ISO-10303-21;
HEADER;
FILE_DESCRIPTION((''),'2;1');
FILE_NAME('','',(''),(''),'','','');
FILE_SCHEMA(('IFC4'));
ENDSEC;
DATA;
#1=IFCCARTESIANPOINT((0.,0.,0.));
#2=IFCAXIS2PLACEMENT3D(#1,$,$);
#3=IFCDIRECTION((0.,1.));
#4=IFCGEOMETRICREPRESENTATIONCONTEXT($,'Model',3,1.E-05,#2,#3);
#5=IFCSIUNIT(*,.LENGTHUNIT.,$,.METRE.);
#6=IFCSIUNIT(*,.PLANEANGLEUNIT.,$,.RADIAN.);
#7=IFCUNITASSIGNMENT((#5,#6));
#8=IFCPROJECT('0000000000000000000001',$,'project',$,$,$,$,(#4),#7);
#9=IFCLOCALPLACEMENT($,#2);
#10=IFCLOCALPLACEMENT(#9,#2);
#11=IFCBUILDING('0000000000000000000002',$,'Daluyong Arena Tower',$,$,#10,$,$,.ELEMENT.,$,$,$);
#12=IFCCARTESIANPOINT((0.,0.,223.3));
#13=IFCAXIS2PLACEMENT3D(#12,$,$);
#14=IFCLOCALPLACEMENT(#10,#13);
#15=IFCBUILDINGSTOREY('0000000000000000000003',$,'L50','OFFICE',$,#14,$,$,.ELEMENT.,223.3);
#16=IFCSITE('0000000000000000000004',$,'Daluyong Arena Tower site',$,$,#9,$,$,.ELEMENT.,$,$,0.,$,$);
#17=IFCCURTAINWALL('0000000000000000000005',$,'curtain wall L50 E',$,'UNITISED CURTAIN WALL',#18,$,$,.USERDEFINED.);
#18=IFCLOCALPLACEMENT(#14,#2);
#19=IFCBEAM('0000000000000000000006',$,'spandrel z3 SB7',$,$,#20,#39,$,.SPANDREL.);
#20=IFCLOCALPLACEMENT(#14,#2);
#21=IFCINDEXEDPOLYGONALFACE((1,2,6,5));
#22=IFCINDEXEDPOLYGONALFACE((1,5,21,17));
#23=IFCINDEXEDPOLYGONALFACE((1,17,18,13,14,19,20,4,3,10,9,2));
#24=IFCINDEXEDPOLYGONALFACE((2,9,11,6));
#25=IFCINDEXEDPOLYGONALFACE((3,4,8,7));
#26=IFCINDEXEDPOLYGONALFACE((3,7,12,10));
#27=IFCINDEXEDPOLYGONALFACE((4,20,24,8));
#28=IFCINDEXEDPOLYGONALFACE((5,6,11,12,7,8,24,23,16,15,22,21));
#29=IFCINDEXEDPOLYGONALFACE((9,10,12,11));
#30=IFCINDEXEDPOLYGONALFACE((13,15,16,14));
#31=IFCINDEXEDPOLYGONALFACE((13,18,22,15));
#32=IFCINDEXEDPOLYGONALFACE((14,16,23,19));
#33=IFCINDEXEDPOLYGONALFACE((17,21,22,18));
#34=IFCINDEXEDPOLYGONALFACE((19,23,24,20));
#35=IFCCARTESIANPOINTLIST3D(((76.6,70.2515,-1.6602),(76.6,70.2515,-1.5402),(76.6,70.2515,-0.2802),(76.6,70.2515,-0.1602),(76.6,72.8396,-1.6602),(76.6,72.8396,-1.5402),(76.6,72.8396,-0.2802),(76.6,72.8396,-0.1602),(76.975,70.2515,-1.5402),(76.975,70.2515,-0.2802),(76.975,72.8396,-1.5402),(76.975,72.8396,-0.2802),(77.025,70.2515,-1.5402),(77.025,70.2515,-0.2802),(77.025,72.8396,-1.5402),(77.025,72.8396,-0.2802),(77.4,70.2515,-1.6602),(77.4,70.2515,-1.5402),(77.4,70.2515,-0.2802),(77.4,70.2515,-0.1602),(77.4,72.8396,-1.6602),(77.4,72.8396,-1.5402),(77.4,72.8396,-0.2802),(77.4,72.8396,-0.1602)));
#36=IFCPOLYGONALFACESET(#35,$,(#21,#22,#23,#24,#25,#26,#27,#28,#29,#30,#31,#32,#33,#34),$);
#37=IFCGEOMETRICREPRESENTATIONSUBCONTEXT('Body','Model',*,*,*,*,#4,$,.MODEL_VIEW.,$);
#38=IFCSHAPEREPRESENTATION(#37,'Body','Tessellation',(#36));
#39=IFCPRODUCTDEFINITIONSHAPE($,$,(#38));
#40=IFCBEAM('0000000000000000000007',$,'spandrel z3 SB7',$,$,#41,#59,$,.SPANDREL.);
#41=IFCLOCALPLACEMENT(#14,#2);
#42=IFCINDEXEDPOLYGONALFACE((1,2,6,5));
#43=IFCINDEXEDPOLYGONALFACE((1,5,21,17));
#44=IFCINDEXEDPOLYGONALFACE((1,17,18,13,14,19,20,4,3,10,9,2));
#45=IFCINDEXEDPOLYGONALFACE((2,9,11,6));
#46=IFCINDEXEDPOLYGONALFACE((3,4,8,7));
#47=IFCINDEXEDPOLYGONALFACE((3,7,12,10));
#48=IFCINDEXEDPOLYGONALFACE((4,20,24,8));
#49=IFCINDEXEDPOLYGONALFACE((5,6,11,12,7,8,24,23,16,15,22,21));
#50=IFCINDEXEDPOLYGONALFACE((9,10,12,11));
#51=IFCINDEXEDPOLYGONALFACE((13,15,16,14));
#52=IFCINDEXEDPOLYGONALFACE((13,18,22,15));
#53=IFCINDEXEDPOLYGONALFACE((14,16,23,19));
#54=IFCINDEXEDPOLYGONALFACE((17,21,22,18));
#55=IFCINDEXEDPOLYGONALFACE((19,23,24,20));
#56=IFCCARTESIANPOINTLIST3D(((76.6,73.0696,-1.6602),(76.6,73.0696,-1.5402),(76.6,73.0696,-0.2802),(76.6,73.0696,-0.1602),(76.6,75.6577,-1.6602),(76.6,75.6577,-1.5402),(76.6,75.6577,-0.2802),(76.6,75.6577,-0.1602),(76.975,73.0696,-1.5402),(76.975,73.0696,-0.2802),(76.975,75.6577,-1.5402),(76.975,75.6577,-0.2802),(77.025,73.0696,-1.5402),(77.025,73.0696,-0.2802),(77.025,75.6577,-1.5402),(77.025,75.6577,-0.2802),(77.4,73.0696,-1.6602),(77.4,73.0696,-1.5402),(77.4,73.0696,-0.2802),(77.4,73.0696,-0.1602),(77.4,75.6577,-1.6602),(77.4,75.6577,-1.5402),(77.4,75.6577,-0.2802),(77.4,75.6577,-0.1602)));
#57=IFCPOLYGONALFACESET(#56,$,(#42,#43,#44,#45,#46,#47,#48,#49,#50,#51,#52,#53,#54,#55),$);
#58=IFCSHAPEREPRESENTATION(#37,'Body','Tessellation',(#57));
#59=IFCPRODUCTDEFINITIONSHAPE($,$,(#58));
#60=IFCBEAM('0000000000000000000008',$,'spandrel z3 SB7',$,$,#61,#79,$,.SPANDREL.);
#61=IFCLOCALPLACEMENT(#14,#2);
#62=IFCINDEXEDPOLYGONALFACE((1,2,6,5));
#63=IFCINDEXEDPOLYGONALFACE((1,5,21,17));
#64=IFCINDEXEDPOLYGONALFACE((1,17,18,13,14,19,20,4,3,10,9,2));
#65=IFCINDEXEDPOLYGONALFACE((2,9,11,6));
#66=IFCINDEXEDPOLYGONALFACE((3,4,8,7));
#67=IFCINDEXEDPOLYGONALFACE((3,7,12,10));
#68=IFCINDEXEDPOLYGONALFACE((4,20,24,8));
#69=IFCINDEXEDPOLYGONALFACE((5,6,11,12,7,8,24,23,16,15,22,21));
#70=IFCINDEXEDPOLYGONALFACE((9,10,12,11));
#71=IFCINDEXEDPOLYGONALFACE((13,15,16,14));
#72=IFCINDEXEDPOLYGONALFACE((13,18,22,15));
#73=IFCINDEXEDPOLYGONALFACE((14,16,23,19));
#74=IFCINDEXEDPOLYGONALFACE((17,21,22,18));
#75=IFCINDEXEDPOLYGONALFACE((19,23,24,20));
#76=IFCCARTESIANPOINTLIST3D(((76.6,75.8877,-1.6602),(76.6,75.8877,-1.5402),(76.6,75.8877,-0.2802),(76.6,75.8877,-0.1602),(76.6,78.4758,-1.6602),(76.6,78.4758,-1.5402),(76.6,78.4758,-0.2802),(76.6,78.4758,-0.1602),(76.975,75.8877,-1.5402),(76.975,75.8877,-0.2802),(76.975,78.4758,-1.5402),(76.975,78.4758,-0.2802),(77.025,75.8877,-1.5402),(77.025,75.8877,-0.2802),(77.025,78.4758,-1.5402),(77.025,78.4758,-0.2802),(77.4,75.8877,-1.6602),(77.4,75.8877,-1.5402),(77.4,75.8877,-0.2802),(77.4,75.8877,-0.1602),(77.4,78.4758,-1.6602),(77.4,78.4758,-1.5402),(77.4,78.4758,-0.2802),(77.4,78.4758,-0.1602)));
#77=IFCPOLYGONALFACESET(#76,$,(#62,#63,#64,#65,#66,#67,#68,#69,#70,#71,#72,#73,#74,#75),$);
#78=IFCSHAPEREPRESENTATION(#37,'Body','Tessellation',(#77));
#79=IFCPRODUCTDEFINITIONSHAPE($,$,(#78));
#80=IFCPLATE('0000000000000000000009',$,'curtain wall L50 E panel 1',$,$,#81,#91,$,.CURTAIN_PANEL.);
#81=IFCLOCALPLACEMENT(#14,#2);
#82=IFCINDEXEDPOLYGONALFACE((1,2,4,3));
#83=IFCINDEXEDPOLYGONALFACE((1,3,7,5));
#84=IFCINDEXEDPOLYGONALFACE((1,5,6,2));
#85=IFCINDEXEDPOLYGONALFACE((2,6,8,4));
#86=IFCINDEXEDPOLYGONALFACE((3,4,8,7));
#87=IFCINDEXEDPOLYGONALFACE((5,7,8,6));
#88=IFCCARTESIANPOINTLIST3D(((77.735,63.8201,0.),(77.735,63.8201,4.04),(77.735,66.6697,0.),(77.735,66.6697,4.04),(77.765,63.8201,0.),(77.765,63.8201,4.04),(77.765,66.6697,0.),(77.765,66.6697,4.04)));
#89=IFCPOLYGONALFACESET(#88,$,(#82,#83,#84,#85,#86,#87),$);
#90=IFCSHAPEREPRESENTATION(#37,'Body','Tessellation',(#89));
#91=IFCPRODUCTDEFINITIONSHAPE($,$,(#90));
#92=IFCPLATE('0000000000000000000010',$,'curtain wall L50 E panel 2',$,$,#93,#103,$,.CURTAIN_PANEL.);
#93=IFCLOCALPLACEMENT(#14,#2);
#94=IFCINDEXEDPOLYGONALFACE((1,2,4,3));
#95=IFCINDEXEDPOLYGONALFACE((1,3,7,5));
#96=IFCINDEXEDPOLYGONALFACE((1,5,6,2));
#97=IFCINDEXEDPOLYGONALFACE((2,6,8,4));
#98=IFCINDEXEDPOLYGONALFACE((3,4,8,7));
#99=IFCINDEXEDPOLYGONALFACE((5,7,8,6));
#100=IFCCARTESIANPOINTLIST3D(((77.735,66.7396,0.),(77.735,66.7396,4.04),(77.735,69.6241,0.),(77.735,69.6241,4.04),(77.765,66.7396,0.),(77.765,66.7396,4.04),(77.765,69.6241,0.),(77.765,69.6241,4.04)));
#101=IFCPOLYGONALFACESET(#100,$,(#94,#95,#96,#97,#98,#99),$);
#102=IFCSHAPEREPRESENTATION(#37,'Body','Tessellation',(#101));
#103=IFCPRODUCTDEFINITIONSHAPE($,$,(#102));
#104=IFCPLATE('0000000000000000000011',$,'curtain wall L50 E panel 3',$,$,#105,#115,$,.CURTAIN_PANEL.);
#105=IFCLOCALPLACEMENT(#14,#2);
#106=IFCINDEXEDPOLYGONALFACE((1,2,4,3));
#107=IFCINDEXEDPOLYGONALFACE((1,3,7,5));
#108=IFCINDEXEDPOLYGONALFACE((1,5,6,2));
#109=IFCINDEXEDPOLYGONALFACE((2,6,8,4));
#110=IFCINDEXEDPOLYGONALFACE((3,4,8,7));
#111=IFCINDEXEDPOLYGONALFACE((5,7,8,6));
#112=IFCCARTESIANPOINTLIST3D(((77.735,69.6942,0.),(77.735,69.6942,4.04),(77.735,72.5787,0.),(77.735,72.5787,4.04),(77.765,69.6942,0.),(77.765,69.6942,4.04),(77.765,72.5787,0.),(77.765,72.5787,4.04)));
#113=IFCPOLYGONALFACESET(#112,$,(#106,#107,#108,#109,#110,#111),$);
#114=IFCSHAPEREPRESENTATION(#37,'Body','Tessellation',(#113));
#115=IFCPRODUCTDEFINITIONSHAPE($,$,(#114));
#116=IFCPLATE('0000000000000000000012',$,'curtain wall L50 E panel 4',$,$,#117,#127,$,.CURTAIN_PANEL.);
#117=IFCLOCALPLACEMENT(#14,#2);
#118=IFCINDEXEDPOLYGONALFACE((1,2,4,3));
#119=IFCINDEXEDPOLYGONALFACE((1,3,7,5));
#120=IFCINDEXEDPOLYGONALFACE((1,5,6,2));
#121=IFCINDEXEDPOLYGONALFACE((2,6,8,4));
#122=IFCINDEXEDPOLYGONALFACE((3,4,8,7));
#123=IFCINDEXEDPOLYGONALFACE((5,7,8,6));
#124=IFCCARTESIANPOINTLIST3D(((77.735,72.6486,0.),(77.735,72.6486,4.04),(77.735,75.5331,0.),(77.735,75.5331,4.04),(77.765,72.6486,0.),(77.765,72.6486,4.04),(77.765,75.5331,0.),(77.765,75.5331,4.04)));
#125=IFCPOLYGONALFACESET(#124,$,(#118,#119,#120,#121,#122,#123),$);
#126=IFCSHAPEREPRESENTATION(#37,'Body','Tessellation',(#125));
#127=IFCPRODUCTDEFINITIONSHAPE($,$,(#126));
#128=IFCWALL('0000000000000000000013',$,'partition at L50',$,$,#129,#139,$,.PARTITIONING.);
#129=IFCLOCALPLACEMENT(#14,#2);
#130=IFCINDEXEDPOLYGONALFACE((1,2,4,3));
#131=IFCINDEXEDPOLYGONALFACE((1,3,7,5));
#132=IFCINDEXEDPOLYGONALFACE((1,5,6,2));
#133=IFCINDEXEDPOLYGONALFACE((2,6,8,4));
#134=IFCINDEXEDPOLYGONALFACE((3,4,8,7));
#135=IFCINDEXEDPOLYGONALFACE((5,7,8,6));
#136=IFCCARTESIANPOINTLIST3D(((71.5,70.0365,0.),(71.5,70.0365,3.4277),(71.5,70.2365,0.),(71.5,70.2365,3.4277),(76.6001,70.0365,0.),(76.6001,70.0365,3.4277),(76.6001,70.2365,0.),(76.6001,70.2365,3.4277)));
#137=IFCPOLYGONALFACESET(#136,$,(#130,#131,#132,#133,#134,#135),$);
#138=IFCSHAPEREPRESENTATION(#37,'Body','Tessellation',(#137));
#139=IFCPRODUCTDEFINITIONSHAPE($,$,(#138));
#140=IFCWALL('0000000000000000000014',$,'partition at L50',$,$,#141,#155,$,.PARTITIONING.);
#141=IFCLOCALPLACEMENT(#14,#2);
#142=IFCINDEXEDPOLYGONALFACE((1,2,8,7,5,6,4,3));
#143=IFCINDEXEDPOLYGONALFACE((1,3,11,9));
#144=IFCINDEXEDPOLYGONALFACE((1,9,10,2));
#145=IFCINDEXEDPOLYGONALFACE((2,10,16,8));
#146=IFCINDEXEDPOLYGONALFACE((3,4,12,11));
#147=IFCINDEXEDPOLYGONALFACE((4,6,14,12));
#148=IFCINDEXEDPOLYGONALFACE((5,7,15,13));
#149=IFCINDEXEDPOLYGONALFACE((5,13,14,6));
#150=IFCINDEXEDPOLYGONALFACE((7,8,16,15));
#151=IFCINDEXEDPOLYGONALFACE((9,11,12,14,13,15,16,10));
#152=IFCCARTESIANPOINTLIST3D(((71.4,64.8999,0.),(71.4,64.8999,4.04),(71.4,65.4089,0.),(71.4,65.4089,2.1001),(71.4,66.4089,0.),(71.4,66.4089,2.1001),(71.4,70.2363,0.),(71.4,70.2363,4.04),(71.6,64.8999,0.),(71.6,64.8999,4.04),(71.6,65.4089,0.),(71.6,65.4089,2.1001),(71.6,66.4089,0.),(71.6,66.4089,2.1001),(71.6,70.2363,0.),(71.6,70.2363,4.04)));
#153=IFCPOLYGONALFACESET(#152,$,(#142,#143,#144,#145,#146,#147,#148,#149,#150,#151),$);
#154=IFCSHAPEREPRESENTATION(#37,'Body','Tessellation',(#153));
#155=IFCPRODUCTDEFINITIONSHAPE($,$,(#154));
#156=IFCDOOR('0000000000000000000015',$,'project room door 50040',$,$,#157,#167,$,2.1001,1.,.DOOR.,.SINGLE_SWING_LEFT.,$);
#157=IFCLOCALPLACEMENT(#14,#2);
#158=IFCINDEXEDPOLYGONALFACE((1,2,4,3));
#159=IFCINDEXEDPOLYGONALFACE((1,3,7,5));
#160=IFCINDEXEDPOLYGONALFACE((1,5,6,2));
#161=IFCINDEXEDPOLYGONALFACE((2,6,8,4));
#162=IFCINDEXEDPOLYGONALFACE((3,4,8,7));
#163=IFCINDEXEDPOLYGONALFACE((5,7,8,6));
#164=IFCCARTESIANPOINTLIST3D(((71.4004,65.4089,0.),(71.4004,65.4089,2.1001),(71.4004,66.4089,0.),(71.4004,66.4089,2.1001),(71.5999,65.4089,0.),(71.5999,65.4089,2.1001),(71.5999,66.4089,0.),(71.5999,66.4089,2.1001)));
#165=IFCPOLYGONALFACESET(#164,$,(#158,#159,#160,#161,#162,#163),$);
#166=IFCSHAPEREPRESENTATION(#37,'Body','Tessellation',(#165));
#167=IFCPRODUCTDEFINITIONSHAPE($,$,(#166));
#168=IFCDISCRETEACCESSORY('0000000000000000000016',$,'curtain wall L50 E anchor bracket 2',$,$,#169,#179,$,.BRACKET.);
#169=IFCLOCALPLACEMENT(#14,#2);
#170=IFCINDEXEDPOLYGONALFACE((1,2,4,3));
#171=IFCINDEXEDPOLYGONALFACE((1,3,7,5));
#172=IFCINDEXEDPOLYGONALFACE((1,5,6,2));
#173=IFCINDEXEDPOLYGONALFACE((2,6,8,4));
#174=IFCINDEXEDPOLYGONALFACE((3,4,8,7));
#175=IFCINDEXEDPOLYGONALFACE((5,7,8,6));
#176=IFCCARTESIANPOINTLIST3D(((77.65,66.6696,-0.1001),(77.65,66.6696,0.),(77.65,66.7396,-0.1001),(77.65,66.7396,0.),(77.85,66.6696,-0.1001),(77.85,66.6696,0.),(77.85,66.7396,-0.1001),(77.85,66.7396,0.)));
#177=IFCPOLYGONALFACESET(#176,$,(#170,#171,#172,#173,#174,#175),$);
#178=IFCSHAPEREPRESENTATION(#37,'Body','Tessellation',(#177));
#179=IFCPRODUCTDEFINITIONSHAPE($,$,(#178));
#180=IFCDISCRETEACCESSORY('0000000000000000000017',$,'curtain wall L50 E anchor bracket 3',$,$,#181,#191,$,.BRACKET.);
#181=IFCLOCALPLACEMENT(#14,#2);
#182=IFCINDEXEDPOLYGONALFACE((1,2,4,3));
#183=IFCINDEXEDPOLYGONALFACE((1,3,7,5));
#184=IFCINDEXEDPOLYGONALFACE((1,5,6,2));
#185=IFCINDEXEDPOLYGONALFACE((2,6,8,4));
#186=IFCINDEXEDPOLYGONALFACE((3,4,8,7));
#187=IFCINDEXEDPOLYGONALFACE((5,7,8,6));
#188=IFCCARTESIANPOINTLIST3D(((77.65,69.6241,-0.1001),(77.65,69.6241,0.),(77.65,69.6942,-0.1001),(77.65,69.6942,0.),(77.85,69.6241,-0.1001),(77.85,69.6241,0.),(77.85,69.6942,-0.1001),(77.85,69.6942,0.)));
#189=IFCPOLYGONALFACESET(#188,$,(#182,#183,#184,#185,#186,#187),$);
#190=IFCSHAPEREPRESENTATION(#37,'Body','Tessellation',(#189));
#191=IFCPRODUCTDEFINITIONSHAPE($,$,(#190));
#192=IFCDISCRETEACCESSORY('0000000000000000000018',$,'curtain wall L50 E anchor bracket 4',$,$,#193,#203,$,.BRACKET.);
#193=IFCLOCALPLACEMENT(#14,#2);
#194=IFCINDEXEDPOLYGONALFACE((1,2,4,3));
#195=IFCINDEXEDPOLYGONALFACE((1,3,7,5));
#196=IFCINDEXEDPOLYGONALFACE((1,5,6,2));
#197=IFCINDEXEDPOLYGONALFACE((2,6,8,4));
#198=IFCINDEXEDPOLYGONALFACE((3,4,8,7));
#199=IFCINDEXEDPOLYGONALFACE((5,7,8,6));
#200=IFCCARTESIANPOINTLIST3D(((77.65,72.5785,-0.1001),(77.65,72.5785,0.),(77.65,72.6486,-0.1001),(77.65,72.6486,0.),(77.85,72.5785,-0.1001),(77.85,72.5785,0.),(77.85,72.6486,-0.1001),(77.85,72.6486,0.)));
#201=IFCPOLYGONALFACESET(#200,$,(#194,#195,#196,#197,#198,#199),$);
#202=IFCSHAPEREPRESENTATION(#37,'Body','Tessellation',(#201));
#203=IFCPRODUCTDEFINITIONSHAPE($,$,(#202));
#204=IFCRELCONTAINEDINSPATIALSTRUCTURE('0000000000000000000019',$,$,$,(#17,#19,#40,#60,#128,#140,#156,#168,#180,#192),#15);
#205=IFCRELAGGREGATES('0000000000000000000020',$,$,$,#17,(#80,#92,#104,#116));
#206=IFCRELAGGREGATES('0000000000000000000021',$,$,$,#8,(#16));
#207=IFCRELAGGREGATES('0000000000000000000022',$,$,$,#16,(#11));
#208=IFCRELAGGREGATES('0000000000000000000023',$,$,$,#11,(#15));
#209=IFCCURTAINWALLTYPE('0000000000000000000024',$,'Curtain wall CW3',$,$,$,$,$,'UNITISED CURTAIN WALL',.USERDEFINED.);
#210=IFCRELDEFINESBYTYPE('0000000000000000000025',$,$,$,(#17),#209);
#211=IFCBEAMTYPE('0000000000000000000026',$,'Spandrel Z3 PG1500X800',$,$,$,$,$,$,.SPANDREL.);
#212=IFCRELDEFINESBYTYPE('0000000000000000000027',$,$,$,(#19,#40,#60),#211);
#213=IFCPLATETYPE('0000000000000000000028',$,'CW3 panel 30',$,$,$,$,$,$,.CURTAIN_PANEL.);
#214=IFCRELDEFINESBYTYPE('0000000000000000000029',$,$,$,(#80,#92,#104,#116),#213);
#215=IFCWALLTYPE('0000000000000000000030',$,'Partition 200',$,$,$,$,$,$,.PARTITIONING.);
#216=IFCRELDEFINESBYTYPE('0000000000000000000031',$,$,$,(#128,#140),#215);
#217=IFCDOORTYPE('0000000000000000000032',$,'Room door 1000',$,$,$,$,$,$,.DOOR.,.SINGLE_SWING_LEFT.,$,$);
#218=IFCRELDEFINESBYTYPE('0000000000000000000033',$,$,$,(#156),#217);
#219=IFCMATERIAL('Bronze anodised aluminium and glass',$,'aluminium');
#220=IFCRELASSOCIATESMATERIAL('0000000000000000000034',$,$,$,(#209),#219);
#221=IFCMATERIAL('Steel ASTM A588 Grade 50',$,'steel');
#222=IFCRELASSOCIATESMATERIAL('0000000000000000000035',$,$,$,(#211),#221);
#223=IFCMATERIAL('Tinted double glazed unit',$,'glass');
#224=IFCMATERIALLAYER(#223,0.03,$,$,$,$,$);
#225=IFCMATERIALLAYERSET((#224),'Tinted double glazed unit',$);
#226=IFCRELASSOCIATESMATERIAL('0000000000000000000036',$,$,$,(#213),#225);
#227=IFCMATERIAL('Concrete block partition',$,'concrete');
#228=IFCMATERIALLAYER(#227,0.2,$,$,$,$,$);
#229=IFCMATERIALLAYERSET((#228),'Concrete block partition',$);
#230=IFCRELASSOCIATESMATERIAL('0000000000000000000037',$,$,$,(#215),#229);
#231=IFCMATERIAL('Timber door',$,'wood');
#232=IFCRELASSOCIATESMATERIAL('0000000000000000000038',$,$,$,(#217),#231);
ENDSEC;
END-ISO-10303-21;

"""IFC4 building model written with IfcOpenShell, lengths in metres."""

from ifc_helpers import new_model, si_unit, direction, frame, frame_2d, origin, origin_2d, place, context, subcontext, project, spatial, rectangle, i_section, extrude, material, layer, layer_set, material_profile, profile_set, type_object, element, fill, aggregate, save


model = new_model("IFC4")

# Units and contexts
model_context = context("Model", 3, precision=1e-05, world=origin(), true_north=direction((0.0, 1.0)))
body_context = subcontext(model_context, "Body", "Model", "MODEL_VIEW")
ifc_project = project(units=[si_unit("LENGTHUNIT", "METRE"), si_unit("PLANEANGLEUNIT", "RADIAN")], contexts=[model_context])

# Site, building, storey
site_placement = place(None, origin())
site = spatial("IfcSite", under=ifc_project, at=site_placement, Name="Daluyong Arena Tower site", CompositionType="ELEMENT", RefElevation=0.0)
building_placement = place(site_placement, origin())
building = spatial("IfcBuilding", under=site, at=building_placement, Name="Daluyong Arena Tower", CompositionType="ELEMENT")
storey_placement = place(building_placement, frame((0.0, 0.0, 223.3)))
storey = spatial("IfcBuildingStorey", under=building, at=storey_placement, Name="L50", Description="OFFICE", CompositionType="ELEMENT", Elevation=223.3)

# Curtain wall
ifc_material_1 = material(Name="Bronze anodised aluminium and glass", Category="aluminium")
curtain_wall_type = type_object("IfcCurtainWallType", Name="Curtain wall CW3", ElementType="UNITISED CURTAIN WALL", PredefinedType="USERDEFINED", material=ifc_material_1)
curtain_wall_placement = place(storey_placement, origin())
curtain_wall = element("IfcCurtainWall", 1, at=curtain_wall_placement, inside=storey, type_object=curtain_wall_type, Name="curtain wall L50 E", ObjectType="UNITISED CURTAIN WALL", PredefinedType="USERDEFINED")

# Beams
ifc_material_2 = material(Name="Steel ASTM A588 Grade 50", Category="steel")
ifc_material_profile_1 = material_profile(ifc_material_2, i_section(OverallWidth=0.8, OverallDepth=1.5, WebThickness=0.05, FlangeThickness=0.12, at=origin_2d()))
ifc_profile_set_1 = profile_set([ifc_material_profile_1], Name="Steel ASTM A588 Grade 50")
beam_type_1 = type_object("IfcBeamType", Name="Spandrel Z3 PG1500X800", PredefinedType="SPANDREL", material=ifc_profile_set_1)
for number, where, z_axis, x_axis, name in (
    (2, (77.0, 70.2515, -0.9102), (0.0, 1.0, 0.0), (-1.0, 0.0, 0.0), "spandrel z3 SB7"),
    (3, (77.0, 73.0696, -0.9102), (0.0, 1.0, 0.0), (-1.0, 0.0, 0.0), "spandrel z3 SB7"),
    (4, (77.0, 75.8877, -0.9102), (0.0, 1.0, 0.0), (-1.0, 0.0, 0.0), "spandrel z3 SB7"),
):
    element("IfcBeam", number, at=place(storey_placement, frame(where, z_axis=z_axis, x_axis=x_axis)), inside=storey, type_object=beam_type_1, Name=name, PredefinedType="SPANDREL", context=body_context, shape_type="SweptSolid", body=[
        extrude(i_section(OverallWidth=0.8, OverallDepth=1.5, WebThickness=0.05, FlangeThickness=0.12, at=origin_2d()), origin(), (0.0, 0.0, 1.0), 2.5881),
    ])

# Plates
ifc_material_3 = material(Name="Tinted double glazed unit", Category="glass")
ifc_layer_1 = layer(ifc_material_3, 0.03)
ifc_layer_set_1 = layer_set([ifc_layer_1], Name="Tinted double glazed unit")
plate_type = type_object("IfcPlateType", Name="CW3 panel 30", PredefinedType="CURTAIN_PANEL", material=ifc_layer_set_1)
plate_1_placement = place(storey_placement, frame((77.75, 65.2449, 0.0), z_axis=(0.0, 0.0, 1.0), x_axis=(0.0, 1.0, 0.0)))
plate_1 = element("IfcPlate", 5, at=plate_1_placement, type_object=plate_type, Name="curtain wall L50 E panel 1", PredefinedType="CURTAIN_PANEL", context=body_context, shape_type="SweptSolid", body=[
    extrude(rectangle(XDim=2.8496, YDim=0.03, at=origin_2d()), origin(), (0.0, 0.0, 1.0), 4.04),
])
plate_2_placement = place(storey_placement, frame((77.75, 68.1819, 0.0), z_axis=(0.0, 0.0, 1.0), x_axis=(0.0, 1.0, 0.0)))
plate_2 = element("IfcPlate", 6, at=plate_2_placement, type_object=plate_type, Name="curtain wall L50 E panel 2", PredefinedType="CURTAIN_PANEL", context=body_context, shape_type="SweptSolid", body=[
    extrude(rectangle(XDim=2.8845, YDim=0.03, at=origin_2d()), origin(), (0.0, 0.0, 1.0), 4.04),
])
plate_3_placement = place(storey_placement, frame((77.75, 71.1365, 0.0), z_axis=(0.0, 0.0, 1.0), x_axis=(0.0, 1.0, 0.0)))
plate_3 = element("IfcPlate", 7, at=plate_3_placement, type_object=plate_type, Name="curtain wall L50 E panel 3", PredefinedType="CURTAIN_PANEL", context=body_context, shape_type="SweptSolid", body=[
    extrude(rectangle(XDim=2.8845, YDim=0.03, at=origin_2d()), origin(), (0.0, 0.0, 1.0), 4.04),
])
plate_4_placement = place(storey_placement, frame((77.75, 74.0908, 0.0), z_axis=(0.0, 0.0, 1.0), x_axis=(0.0, 1.0, 0.0)))
plate_4 = element("IfcPlate", 8, at=plate_4_placement, type_object=plate_type, Name="curtain wall L50 E panel 4", PredefinedType="CURTAIN_PANEL", context=body_context, shape_type="SweptSolid", body=[
    extrude(rectangle(XDim=2.8845, YDim=0.03, at=origin_2d()), origin(), (0.0, 0.0, 1.0), 4.04),
])
aggregate(curtain_wall, [plate_1, plate_2, plate_3, plate_4])

# Wall
ifc_material_4 = material(Name="Concrete block partition", Category="concrete")
ifc_layer_2 = layer(ifc_material_4, 0.2)
ifc_layer_set_2 = layer_set([ifc_layer_2], Name="Concrete block partition")
wall_type = type_object("IfcWallType", Name="Partition 200", PredefinedType="PARTITIONING", material=ifc_layer_set_2)
wall_1_placement = place(storey_placement, frame((71.5, 70.1365, 0.0), z_axis=(0.0, 0.0, 1.0), x_axis=(1.0, 0.0, 0.0)))
element("IfcWall", 9, at=wall_1_placement, inside=storey, type_object=wall_type, Name="partition at L50", PredefinedType="PARTITIONING", context=body_context, shape_type="SweptSolid", body=[
    extrude(rectangle(XDim=5.1001, YDim=0.2, at=frame_2d((2.55, 0.0))), origin(), (0.0, 0.0, 1.0), 3.4277),
])

# Wall, opening, door
wall_2_placement = place(storey_placement, frame((71.5, 64.8999, 0.0), z_axis=(0.0, 0.0, 1.0), x_axis=(0.0, 1.0, 0.0)))
wall_2 = element("IfcWall", 10, at=wall_2_placement, inside=storey, type_object=wall_type, Name="partition at L50", PredefinedType="PARTITIONING", context=body_context, shape_type="SweptSolid", body=[
    extrude(rectangle(XDim=5.3364, YDim=0.2, at=frame_2d((2.6682, 0.0))), origin(), (0.0, 0.0, 1.0), 4.04),
])
opening_placement = place(wall_2_placement, frame((0.509, 0.0, 0.0)))
opening = element("IfcOpeningElement", 11, at=opening_placement, cuts=wall_2, PredefinedType="OPENING", context=body_context, shape_type="SweptSolid", body=[
    extrude(rectangle(XDim=1.0, YDim=2.1001, at=frame_2d((0.5, 1.05))), frame((0.0, 0.1099, 0.0), z_axis=(0.0, -1.0, 0.0), x_axis=(1.0, 0.0, 0.0)), (0.0, 0.0, 1.0), 0.22),
])
ifc_material_5 = material(Name="Timber door", Category="wood")
door_type = type_object("IfcDoorType", Name="Room door 1000", OperationType="SINGLE_SWING_LEFT", PredefinedType="DOOR", material=ifc_material_5)
door_placement = place(opening_placement, origin())
door = element("IfcDoor", 12, at=door_placement, inside=storey, type_object=door_type, Name="project room door 50040", OperationType="SINGLE_SWING_LEFT", OverallHeight=2.1001, OverallWidth=1.0, PredefinedType="DOOR", context=body_context, shape_type="SweptSolid", body=[
    extrude(rectangle(XDim=1.0, YDim=2.1001, at=frame_2d((0.5, 1.05))), frame((0.0, 0.0996, 0.0), z_axis=(0.0, -1.0, 0.0), x_axis=(1.0, 0.0, 0.0)), (0.0, 0.0, 1.0), 0.1995),
])
fill(opening, door)

# Discrete accessories
for number, where, z_axis, x_axis, name in (
    (13, (77.75, 66.7046, -0.1001), (0.0, 0.0, 1.0), (0.0, 1.0, 0.0), "curtain wall L50 E anchor bracket 2"),
    (14, (77.75, 69.6592, -0.1001), (0.0, 0.0, 1.0), (0.0, 1.0, 0.0), "curtain wall L50 E anchor bracket 3"),
    (15, (77.75, 72.6135, -0.1001), (0.0, 0.0, 1.0), (0.0, 1.0, 0.0), "curtain wall L50 E anchor bracket 4"),
):
    element("IfcDiscreteAccessory", number, at=place(storey_placement, frame(where, z_axis=z_axis, x_axis=x_axis)), inside=storey, Name=name, PredefinedType="BRACKET", context=body_context, shape_type="SweptSolid", body=[
        extrude(rectangle(XDim=0.0701, YDim=0.2, at=origin_2d()), origin(), (0.0, 0.0, 1.0), 0.1001),
    ])

save(model, "model.ifc")
